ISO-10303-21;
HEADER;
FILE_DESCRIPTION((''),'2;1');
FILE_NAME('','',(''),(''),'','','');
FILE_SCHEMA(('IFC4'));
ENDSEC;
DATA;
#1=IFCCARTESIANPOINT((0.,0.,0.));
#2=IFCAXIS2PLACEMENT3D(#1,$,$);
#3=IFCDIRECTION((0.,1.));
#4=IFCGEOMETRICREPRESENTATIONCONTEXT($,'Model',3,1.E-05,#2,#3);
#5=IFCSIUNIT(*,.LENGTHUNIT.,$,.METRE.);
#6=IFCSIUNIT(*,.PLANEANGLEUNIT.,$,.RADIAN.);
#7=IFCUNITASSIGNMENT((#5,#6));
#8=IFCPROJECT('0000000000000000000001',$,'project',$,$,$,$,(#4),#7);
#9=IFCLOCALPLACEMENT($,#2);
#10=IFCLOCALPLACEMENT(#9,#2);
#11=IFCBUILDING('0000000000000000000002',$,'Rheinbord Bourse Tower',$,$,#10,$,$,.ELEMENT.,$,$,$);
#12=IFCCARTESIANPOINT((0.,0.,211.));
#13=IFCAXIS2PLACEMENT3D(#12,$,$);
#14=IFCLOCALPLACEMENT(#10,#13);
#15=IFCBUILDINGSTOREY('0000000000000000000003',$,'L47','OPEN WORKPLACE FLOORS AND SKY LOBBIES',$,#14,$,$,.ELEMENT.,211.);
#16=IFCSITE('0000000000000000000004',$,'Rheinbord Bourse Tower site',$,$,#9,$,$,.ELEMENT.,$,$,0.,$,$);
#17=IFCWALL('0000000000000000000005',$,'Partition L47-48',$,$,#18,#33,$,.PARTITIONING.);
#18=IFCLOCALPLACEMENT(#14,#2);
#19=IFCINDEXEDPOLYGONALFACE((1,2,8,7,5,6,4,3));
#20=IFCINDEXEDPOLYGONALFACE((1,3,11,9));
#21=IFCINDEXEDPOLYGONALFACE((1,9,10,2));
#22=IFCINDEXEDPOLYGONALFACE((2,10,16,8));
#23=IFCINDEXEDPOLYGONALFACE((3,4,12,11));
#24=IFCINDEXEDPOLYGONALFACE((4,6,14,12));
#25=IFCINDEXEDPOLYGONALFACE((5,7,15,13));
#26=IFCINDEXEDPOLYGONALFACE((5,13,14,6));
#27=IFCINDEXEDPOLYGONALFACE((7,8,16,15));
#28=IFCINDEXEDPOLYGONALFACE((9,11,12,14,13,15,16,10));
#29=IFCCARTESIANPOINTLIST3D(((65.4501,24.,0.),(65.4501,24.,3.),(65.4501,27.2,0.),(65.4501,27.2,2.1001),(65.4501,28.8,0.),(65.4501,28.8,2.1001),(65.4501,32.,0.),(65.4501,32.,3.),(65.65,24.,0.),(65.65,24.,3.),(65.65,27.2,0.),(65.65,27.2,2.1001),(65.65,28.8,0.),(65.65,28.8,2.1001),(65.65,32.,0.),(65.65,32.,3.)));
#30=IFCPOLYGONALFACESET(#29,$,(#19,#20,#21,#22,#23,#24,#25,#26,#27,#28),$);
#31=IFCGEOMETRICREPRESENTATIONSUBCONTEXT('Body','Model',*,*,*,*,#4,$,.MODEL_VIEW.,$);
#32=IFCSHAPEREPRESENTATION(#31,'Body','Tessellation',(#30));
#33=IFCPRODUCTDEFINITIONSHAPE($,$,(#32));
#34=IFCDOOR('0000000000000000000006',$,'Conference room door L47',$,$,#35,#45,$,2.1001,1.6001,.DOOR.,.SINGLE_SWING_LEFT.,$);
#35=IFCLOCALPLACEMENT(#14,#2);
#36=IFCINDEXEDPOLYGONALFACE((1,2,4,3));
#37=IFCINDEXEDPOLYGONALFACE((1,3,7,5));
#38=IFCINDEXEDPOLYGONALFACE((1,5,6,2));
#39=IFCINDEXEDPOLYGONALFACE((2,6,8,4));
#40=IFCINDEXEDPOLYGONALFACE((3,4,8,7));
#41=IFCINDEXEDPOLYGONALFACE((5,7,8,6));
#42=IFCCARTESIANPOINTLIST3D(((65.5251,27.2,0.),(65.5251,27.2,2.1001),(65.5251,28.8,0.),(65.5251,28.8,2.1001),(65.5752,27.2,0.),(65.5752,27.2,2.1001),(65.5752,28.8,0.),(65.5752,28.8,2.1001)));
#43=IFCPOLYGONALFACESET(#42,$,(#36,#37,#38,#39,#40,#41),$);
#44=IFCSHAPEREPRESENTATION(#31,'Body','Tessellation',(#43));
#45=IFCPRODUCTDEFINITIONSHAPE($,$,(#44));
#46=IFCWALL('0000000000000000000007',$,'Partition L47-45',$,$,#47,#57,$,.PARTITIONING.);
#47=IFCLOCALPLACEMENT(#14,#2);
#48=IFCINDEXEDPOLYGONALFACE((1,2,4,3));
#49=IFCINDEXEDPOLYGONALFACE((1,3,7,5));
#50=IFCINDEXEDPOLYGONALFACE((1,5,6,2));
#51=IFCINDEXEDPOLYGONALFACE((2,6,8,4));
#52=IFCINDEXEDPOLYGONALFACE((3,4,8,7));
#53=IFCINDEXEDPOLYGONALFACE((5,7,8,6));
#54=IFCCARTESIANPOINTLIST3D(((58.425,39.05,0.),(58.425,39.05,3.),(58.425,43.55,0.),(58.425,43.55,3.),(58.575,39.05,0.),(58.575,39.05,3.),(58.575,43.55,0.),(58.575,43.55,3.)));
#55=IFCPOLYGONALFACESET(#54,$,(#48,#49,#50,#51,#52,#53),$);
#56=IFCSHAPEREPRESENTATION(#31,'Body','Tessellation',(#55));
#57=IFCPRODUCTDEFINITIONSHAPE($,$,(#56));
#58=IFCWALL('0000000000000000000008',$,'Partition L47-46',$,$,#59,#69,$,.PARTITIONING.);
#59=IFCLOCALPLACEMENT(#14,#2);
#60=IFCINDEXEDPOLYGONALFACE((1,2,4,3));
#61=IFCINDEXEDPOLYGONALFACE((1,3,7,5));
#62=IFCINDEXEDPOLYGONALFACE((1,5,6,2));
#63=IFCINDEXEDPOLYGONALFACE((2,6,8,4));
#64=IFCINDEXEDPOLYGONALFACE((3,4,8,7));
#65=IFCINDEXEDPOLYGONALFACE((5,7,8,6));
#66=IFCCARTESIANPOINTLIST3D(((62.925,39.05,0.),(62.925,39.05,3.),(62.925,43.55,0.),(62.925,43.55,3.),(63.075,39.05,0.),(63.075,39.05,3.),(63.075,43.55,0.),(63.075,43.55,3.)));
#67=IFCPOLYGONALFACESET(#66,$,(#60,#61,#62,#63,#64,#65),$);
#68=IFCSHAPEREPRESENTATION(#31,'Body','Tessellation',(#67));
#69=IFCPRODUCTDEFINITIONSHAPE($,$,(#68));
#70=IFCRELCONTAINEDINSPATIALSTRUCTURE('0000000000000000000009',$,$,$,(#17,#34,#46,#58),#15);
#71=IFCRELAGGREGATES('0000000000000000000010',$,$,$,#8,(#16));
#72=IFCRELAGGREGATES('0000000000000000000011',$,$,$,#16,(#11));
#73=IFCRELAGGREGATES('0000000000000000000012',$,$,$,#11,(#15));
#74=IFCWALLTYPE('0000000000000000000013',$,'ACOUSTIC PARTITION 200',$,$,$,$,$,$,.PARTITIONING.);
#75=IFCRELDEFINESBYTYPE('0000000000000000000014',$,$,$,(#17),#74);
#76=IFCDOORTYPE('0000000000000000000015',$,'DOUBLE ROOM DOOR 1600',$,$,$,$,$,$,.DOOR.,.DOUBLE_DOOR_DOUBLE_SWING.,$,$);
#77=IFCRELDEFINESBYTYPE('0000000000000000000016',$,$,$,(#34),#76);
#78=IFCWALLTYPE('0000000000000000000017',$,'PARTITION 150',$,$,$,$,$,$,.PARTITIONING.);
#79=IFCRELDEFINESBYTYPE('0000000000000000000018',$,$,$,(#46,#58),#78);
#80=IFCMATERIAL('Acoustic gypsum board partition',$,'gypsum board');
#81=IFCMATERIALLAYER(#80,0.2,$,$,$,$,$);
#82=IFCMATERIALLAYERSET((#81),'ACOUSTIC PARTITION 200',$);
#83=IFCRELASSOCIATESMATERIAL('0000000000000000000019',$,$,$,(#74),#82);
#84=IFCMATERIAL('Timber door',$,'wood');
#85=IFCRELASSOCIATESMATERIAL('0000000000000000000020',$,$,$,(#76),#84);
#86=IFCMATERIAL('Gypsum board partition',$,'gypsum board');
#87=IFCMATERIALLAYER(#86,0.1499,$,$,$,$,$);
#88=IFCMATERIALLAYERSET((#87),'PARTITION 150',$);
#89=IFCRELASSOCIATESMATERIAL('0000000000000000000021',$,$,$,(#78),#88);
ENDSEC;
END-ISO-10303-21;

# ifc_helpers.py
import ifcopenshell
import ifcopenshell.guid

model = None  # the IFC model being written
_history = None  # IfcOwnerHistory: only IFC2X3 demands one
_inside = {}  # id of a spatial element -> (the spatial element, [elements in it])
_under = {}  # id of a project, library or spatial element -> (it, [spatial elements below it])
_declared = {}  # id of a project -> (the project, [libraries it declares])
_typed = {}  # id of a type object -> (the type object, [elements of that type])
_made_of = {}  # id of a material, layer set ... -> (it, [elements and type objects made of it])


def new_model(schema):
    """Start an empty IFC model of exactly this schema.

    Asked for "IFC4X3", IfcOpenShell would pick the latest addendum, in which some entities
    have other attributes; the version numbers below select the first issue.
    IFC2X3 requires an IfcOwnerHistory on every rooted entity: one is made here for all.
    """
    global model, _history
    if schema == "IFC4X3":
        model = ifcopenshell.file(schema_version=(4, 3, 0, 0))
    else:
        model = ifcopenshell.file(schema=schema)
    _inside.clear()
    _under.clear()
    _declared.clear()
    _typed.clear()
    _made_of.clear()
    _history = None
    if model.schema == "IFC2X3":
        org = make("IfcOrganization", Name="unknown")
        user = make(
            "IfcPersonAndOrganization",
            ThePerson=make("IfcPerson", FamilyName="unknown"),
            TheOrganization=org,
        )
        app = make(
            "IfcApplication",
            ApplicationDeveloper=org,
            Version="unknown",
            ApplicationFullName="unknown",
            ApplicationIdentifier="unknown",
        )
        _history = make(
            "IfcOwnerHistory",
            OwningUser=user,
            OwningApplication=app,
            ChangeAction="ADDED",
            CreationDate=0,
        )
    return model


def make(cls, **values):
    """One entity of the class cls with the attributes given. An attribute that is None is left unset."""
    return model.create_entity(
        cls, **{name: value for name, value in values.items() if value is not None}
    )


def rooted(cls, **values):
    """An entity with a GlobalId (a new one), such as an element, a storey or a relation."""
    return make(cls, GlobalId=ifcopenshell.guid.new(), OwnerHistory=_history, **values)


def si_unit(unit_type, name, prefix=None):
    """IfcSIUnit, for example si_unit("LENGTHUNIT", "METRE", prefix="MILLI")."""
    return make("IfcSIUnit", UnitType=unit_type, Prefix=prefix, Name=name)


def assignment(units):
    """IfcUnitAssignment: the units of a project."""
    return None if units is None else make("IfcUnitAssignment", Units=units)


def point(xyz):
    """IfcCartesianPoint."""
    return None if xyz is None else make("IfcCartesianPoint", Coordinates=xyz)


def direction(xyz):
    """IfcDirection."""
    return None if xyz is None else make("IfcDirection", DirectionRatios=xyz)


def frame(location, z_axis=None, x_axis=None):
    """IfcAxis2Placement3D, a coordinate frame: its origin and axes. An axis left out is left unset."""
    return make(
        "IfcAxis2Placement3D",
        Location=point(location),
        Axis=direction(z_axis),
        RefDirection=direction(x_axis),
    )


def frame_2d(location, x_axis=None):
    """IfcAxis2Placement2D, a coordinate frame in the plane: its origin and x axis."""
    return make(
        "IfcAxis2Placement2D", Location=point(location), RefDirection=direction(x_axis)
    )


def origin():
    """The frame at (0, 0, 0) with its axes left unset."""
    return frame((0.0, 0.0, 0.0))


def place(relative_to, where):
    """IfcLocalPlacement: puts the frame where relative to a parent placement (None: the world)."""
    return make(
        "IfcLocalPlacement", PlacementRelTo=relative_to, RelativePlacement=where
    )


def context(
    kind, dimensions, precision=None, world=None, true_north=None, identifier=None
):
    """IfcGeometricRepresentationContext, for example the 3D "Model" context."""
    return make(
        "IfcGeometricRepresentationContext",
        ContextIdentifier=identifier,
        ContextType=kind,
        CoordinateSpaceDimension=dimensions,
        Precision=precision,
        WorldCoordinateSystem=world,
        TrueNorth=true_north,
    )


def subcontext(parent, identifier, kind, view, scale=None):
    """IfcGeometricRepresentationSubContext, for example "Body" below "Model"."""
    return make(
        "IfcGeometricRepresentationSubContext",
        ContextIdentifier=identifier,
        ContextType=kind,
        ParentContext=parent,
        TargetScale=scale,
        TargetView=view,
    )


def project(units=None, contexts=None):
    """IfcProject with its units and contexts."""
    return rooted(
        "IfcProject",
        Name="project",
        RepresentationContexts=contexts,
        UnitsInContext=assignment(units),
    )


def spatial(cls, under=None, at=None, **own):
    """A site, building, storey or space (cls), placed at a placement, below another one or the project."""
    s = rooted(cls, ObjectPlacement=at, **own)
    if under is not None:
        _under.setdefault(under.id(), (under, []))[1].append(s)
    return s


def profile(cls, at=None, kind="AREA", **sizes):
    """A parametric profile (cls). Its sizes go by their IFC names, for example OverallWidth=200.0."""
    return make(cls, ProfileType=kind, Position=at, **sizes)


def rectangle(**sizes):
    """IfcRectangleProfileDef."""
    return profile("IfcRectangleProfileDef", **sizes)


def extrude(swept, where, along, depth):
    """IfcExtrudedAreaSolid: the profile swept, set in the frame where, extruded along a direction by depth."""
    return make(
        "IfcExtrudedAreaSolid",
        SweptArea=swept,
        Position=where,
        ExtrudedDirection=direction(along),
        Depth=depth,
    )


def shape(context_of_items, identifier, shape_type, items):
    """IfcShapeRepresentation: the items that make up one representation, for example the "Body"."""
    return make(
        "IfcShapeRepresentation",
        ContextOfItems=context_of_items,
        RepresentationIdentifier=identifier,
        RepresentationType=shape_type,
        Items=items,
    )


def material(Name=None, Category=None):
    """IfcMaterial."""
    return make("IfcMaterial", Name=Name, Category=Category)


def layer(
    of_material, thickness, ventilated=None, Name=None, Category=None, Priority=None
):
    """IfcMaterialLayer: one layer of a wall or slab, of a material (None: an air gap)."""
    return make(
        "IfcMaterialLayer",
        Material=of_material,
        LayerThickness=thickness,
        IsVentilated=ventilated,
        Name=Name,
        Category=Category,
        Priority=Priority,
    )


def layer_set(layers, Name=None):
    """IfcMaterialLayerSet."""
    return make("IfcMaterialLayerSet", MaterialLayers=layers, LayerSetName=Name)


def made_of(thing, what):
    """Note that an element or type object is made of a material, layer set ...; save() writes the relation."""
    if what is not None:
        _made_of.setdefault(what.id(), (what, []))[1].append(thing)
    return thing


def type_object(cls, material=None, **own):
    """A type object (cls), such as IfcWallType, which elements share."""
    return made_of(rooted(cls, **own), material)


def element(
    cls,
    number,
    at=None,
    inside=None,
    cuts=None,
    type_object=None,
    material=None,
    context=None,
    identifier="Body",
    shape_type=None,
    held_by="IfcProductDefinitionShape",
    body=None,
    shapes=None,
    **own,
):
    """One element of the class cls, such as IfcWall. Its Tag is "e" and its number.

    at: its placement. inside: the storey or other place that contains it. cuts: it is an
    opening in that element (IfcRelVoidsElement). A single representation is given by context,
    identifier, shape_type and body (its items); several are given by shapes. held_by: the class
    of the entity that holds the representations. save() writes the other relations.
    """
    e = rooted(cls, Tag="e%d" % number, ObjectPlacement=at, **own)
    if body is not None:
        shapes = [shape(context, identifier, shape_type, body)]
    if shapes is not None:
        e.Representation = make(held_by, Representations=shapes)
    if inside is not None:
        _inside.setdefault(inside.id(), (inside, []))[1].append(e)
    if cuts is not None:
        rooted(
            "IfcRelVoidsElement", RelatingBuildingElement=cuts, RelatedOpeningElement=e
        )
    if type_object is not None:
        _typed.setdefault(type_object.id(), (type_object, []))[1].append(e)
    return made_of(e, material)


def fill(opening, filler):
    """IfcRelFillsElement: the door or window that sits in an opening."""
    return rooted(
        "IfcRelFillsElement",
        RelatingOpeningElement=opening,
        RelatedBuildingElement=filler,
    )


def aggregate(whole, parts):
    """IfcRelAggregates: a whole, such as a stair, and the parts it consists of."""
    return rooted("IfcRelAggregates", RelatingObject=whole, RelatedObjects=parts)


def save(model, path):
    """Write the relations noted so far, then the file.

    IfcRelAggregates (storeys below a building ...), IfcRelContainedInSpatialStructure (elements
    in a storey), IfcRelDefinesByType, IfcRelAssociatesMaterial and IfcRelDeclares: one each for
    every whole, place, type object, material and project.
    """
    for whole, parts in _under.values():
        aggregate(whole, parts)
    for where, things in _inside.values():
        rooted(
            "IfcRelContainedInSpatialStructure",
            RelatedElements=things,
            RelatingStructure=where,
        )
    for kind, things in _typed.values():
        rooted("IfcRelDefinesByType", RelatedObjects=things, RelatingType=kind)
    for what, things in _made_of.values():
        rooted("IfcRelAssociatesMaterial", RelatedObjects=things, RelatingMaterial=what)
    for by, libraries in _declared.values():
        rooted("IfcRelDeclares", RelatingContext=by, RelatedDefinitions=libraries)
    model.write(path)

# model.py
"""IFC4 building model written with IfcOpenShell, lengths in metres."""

from ifc_helpers import new_model, si_unit, direction, frame, frame_2d, origin, place, context, subcontext, project, spatial, rectangle, extrude, material, layer, layer_set, type_object, element, fill, save


model = new_model("IFC4")

# Units and contexts
model_context = context("Model", 3, precision=1e-05, world=origin(), true_north=direction((0.0, 1.0)))
body_context = subcontext(model_context, "Body", "Model", "MODEL_VIEW")
ifc_project = project(units=[si_unit("LENGTHUNIT", "METRE"), si_unit("PLANEANGLEUNIT", "RADIAN")], contexts=[model_context])

# Site, building, storey
site_placement = place(None, origin())
site = spatial("IfcSite", under=ifc_project, at=site_placement, Name="Rheinbord Bourse Tower site", CompositionType="ELEMENT", RefElevation=0.0)
building_placement = place(site_placement, origin())
building = spatial("IfcBuilding", under=site, at=building_placement, Name="Rheinbord Bourse Tower", CompositionType="ELEMENT")
storey_placement = place(building_placement, frame((0.0, 0.0, 211.0)))
storey = spatial("IfcBuildingStorey", under=building, at=storey_placement, Name="L47", Description="OPEN WORKPLACE FLOORS AND SKY LOBBIES", CompositionType="ELEMENT", Elevation=211.0)

# Shared definitions
ifc_material_1 = material(Name="Acoustic gypsum board partition", Category="gypsum board")
ifc_layer_1 = layer(ifc_material_1, 0.2)
ifc_layer_set_1 = layer_set([ifc_layer_1], Name="ACOUSTIC PARTITION 200")
wall_type_1 = type_object("IfcWallType", Name="ACOUSTIC PARTITION 200", PredefinedType="PARTITIONING", material=ifc_layer_set_1)

# Wall, opening, door
wall_placement = place(storey_placement, frame((65.55, 24.0, 0.0), z_axis=(0.0, 0.0, 1.0), x_axis=(0.0, 1.0, 0.0)))
wall = element("IfcWall", 1, at=wall_placement, inside=storey, type_object=wall_type_1, Name="Partition L47-48", PredefinedType="PARTITIONING", context=body_context, shape_type="SweptSolid", body=[
    extrude(rectangle(XDim=8.0, YDim=0.2, at=frame_2d((4.0, 0.0))), origin(), (0.0, 0.0, 1.0), 3.0),
])
opening_placement = place(wall_placement, frame((3.2, 0.0, 0.0)))
opening = element("IfcOpeningElement", 2, at=opening_placement, cuts=wall, PredefinedType="OPENING", context=body_context, shape_type="SweptSolid", body=[
    extrude(rectangle(XDim=1.6001, YDim=2.1001, at=frame_2d((0.8, 1.05))), frame((0.0, 0.1099, 0.0), z_axis=(0.0, -1.0, 0.0), x_axis=(1.0, 0.0, 0.0)), (0.0, 0.0, 1.0), 0.22),
])
ifc_material_2 = material(Name="Timber door", Category="wood")
door_type = type_object("IfcDoorType", Name="DOUBLE ROOM DOOR 1600", OperationType="DOUBLE_DOOR_DOUBLE_SWING", PredefinedType="DOOR", material=ifc_material_2)
door_placement = place(opening_placement, origin())
door = element("IfcDoor", 3, at=door_placement, inside=storey, type_object=door_type, Name="Conference room door L47", OperationType="SINGLE_SWING_LEFT", OverallHeight=2.1001, OverallWidth=1.6001, PredefinedType="DOOR", context=body_context, shape_type="SweptSolid", body=[
    extrude(rectangle(XDim=1.6001, YDim=2.1001, at=frame_2d((0.8, 1.05))), frame((0.0, 0.0249, 0.0), z_axis=(0.0, -1.0, 0.0), x_axis=(1.0, 0.0, 0.0)), (0.0, 0.0, 1.0), 0.05),
])
fill(opening, door)

# Walls
ifc_material_3 = material(Name="Gypsum board partition", Category="gypsum board")
ifc_layer_2 = layer(ifc_material_3, 0.1499)
ifc_layer_set_2 = layer_set([ifc_layer_2], Name="PARTITION 150")
wall_type_2 = type_object("IfcWallType", Name="PARTITION 150", PredefinedType="PARTITIONING", material=ifc_layer_set_2)
for number, where, z_axis, x_axis, name in (
    (4, (58.5, 39.05, 0.0), (0.0, 0.0, 1.0), (0.0, 1.0, 0.0), "Partition L47-45"),
    (5, (63.0, 39.05, 0.0), (0.0, 0.0, 1.0), (0.0, 1.0, 0.0), "Partition L47-46"),
):
    element("IfcWall", number, at=place(storey_placement, frame(where, z_axis=z_axis, x_axis=x_axis)), inside=storey, type_object=wall_type_2, Name=name, PredefinedType="PARTITIONING", context=body_context, shape_type="SweptSolid", body=[
        extrude(rectangle(XDim=4.5, YDim=0.1499, at=frame_2d((2.25, 0.0))), origin(), (0.0, 0.0, 1.0), 3.0),
    ])

save(model, "model.ifc")
